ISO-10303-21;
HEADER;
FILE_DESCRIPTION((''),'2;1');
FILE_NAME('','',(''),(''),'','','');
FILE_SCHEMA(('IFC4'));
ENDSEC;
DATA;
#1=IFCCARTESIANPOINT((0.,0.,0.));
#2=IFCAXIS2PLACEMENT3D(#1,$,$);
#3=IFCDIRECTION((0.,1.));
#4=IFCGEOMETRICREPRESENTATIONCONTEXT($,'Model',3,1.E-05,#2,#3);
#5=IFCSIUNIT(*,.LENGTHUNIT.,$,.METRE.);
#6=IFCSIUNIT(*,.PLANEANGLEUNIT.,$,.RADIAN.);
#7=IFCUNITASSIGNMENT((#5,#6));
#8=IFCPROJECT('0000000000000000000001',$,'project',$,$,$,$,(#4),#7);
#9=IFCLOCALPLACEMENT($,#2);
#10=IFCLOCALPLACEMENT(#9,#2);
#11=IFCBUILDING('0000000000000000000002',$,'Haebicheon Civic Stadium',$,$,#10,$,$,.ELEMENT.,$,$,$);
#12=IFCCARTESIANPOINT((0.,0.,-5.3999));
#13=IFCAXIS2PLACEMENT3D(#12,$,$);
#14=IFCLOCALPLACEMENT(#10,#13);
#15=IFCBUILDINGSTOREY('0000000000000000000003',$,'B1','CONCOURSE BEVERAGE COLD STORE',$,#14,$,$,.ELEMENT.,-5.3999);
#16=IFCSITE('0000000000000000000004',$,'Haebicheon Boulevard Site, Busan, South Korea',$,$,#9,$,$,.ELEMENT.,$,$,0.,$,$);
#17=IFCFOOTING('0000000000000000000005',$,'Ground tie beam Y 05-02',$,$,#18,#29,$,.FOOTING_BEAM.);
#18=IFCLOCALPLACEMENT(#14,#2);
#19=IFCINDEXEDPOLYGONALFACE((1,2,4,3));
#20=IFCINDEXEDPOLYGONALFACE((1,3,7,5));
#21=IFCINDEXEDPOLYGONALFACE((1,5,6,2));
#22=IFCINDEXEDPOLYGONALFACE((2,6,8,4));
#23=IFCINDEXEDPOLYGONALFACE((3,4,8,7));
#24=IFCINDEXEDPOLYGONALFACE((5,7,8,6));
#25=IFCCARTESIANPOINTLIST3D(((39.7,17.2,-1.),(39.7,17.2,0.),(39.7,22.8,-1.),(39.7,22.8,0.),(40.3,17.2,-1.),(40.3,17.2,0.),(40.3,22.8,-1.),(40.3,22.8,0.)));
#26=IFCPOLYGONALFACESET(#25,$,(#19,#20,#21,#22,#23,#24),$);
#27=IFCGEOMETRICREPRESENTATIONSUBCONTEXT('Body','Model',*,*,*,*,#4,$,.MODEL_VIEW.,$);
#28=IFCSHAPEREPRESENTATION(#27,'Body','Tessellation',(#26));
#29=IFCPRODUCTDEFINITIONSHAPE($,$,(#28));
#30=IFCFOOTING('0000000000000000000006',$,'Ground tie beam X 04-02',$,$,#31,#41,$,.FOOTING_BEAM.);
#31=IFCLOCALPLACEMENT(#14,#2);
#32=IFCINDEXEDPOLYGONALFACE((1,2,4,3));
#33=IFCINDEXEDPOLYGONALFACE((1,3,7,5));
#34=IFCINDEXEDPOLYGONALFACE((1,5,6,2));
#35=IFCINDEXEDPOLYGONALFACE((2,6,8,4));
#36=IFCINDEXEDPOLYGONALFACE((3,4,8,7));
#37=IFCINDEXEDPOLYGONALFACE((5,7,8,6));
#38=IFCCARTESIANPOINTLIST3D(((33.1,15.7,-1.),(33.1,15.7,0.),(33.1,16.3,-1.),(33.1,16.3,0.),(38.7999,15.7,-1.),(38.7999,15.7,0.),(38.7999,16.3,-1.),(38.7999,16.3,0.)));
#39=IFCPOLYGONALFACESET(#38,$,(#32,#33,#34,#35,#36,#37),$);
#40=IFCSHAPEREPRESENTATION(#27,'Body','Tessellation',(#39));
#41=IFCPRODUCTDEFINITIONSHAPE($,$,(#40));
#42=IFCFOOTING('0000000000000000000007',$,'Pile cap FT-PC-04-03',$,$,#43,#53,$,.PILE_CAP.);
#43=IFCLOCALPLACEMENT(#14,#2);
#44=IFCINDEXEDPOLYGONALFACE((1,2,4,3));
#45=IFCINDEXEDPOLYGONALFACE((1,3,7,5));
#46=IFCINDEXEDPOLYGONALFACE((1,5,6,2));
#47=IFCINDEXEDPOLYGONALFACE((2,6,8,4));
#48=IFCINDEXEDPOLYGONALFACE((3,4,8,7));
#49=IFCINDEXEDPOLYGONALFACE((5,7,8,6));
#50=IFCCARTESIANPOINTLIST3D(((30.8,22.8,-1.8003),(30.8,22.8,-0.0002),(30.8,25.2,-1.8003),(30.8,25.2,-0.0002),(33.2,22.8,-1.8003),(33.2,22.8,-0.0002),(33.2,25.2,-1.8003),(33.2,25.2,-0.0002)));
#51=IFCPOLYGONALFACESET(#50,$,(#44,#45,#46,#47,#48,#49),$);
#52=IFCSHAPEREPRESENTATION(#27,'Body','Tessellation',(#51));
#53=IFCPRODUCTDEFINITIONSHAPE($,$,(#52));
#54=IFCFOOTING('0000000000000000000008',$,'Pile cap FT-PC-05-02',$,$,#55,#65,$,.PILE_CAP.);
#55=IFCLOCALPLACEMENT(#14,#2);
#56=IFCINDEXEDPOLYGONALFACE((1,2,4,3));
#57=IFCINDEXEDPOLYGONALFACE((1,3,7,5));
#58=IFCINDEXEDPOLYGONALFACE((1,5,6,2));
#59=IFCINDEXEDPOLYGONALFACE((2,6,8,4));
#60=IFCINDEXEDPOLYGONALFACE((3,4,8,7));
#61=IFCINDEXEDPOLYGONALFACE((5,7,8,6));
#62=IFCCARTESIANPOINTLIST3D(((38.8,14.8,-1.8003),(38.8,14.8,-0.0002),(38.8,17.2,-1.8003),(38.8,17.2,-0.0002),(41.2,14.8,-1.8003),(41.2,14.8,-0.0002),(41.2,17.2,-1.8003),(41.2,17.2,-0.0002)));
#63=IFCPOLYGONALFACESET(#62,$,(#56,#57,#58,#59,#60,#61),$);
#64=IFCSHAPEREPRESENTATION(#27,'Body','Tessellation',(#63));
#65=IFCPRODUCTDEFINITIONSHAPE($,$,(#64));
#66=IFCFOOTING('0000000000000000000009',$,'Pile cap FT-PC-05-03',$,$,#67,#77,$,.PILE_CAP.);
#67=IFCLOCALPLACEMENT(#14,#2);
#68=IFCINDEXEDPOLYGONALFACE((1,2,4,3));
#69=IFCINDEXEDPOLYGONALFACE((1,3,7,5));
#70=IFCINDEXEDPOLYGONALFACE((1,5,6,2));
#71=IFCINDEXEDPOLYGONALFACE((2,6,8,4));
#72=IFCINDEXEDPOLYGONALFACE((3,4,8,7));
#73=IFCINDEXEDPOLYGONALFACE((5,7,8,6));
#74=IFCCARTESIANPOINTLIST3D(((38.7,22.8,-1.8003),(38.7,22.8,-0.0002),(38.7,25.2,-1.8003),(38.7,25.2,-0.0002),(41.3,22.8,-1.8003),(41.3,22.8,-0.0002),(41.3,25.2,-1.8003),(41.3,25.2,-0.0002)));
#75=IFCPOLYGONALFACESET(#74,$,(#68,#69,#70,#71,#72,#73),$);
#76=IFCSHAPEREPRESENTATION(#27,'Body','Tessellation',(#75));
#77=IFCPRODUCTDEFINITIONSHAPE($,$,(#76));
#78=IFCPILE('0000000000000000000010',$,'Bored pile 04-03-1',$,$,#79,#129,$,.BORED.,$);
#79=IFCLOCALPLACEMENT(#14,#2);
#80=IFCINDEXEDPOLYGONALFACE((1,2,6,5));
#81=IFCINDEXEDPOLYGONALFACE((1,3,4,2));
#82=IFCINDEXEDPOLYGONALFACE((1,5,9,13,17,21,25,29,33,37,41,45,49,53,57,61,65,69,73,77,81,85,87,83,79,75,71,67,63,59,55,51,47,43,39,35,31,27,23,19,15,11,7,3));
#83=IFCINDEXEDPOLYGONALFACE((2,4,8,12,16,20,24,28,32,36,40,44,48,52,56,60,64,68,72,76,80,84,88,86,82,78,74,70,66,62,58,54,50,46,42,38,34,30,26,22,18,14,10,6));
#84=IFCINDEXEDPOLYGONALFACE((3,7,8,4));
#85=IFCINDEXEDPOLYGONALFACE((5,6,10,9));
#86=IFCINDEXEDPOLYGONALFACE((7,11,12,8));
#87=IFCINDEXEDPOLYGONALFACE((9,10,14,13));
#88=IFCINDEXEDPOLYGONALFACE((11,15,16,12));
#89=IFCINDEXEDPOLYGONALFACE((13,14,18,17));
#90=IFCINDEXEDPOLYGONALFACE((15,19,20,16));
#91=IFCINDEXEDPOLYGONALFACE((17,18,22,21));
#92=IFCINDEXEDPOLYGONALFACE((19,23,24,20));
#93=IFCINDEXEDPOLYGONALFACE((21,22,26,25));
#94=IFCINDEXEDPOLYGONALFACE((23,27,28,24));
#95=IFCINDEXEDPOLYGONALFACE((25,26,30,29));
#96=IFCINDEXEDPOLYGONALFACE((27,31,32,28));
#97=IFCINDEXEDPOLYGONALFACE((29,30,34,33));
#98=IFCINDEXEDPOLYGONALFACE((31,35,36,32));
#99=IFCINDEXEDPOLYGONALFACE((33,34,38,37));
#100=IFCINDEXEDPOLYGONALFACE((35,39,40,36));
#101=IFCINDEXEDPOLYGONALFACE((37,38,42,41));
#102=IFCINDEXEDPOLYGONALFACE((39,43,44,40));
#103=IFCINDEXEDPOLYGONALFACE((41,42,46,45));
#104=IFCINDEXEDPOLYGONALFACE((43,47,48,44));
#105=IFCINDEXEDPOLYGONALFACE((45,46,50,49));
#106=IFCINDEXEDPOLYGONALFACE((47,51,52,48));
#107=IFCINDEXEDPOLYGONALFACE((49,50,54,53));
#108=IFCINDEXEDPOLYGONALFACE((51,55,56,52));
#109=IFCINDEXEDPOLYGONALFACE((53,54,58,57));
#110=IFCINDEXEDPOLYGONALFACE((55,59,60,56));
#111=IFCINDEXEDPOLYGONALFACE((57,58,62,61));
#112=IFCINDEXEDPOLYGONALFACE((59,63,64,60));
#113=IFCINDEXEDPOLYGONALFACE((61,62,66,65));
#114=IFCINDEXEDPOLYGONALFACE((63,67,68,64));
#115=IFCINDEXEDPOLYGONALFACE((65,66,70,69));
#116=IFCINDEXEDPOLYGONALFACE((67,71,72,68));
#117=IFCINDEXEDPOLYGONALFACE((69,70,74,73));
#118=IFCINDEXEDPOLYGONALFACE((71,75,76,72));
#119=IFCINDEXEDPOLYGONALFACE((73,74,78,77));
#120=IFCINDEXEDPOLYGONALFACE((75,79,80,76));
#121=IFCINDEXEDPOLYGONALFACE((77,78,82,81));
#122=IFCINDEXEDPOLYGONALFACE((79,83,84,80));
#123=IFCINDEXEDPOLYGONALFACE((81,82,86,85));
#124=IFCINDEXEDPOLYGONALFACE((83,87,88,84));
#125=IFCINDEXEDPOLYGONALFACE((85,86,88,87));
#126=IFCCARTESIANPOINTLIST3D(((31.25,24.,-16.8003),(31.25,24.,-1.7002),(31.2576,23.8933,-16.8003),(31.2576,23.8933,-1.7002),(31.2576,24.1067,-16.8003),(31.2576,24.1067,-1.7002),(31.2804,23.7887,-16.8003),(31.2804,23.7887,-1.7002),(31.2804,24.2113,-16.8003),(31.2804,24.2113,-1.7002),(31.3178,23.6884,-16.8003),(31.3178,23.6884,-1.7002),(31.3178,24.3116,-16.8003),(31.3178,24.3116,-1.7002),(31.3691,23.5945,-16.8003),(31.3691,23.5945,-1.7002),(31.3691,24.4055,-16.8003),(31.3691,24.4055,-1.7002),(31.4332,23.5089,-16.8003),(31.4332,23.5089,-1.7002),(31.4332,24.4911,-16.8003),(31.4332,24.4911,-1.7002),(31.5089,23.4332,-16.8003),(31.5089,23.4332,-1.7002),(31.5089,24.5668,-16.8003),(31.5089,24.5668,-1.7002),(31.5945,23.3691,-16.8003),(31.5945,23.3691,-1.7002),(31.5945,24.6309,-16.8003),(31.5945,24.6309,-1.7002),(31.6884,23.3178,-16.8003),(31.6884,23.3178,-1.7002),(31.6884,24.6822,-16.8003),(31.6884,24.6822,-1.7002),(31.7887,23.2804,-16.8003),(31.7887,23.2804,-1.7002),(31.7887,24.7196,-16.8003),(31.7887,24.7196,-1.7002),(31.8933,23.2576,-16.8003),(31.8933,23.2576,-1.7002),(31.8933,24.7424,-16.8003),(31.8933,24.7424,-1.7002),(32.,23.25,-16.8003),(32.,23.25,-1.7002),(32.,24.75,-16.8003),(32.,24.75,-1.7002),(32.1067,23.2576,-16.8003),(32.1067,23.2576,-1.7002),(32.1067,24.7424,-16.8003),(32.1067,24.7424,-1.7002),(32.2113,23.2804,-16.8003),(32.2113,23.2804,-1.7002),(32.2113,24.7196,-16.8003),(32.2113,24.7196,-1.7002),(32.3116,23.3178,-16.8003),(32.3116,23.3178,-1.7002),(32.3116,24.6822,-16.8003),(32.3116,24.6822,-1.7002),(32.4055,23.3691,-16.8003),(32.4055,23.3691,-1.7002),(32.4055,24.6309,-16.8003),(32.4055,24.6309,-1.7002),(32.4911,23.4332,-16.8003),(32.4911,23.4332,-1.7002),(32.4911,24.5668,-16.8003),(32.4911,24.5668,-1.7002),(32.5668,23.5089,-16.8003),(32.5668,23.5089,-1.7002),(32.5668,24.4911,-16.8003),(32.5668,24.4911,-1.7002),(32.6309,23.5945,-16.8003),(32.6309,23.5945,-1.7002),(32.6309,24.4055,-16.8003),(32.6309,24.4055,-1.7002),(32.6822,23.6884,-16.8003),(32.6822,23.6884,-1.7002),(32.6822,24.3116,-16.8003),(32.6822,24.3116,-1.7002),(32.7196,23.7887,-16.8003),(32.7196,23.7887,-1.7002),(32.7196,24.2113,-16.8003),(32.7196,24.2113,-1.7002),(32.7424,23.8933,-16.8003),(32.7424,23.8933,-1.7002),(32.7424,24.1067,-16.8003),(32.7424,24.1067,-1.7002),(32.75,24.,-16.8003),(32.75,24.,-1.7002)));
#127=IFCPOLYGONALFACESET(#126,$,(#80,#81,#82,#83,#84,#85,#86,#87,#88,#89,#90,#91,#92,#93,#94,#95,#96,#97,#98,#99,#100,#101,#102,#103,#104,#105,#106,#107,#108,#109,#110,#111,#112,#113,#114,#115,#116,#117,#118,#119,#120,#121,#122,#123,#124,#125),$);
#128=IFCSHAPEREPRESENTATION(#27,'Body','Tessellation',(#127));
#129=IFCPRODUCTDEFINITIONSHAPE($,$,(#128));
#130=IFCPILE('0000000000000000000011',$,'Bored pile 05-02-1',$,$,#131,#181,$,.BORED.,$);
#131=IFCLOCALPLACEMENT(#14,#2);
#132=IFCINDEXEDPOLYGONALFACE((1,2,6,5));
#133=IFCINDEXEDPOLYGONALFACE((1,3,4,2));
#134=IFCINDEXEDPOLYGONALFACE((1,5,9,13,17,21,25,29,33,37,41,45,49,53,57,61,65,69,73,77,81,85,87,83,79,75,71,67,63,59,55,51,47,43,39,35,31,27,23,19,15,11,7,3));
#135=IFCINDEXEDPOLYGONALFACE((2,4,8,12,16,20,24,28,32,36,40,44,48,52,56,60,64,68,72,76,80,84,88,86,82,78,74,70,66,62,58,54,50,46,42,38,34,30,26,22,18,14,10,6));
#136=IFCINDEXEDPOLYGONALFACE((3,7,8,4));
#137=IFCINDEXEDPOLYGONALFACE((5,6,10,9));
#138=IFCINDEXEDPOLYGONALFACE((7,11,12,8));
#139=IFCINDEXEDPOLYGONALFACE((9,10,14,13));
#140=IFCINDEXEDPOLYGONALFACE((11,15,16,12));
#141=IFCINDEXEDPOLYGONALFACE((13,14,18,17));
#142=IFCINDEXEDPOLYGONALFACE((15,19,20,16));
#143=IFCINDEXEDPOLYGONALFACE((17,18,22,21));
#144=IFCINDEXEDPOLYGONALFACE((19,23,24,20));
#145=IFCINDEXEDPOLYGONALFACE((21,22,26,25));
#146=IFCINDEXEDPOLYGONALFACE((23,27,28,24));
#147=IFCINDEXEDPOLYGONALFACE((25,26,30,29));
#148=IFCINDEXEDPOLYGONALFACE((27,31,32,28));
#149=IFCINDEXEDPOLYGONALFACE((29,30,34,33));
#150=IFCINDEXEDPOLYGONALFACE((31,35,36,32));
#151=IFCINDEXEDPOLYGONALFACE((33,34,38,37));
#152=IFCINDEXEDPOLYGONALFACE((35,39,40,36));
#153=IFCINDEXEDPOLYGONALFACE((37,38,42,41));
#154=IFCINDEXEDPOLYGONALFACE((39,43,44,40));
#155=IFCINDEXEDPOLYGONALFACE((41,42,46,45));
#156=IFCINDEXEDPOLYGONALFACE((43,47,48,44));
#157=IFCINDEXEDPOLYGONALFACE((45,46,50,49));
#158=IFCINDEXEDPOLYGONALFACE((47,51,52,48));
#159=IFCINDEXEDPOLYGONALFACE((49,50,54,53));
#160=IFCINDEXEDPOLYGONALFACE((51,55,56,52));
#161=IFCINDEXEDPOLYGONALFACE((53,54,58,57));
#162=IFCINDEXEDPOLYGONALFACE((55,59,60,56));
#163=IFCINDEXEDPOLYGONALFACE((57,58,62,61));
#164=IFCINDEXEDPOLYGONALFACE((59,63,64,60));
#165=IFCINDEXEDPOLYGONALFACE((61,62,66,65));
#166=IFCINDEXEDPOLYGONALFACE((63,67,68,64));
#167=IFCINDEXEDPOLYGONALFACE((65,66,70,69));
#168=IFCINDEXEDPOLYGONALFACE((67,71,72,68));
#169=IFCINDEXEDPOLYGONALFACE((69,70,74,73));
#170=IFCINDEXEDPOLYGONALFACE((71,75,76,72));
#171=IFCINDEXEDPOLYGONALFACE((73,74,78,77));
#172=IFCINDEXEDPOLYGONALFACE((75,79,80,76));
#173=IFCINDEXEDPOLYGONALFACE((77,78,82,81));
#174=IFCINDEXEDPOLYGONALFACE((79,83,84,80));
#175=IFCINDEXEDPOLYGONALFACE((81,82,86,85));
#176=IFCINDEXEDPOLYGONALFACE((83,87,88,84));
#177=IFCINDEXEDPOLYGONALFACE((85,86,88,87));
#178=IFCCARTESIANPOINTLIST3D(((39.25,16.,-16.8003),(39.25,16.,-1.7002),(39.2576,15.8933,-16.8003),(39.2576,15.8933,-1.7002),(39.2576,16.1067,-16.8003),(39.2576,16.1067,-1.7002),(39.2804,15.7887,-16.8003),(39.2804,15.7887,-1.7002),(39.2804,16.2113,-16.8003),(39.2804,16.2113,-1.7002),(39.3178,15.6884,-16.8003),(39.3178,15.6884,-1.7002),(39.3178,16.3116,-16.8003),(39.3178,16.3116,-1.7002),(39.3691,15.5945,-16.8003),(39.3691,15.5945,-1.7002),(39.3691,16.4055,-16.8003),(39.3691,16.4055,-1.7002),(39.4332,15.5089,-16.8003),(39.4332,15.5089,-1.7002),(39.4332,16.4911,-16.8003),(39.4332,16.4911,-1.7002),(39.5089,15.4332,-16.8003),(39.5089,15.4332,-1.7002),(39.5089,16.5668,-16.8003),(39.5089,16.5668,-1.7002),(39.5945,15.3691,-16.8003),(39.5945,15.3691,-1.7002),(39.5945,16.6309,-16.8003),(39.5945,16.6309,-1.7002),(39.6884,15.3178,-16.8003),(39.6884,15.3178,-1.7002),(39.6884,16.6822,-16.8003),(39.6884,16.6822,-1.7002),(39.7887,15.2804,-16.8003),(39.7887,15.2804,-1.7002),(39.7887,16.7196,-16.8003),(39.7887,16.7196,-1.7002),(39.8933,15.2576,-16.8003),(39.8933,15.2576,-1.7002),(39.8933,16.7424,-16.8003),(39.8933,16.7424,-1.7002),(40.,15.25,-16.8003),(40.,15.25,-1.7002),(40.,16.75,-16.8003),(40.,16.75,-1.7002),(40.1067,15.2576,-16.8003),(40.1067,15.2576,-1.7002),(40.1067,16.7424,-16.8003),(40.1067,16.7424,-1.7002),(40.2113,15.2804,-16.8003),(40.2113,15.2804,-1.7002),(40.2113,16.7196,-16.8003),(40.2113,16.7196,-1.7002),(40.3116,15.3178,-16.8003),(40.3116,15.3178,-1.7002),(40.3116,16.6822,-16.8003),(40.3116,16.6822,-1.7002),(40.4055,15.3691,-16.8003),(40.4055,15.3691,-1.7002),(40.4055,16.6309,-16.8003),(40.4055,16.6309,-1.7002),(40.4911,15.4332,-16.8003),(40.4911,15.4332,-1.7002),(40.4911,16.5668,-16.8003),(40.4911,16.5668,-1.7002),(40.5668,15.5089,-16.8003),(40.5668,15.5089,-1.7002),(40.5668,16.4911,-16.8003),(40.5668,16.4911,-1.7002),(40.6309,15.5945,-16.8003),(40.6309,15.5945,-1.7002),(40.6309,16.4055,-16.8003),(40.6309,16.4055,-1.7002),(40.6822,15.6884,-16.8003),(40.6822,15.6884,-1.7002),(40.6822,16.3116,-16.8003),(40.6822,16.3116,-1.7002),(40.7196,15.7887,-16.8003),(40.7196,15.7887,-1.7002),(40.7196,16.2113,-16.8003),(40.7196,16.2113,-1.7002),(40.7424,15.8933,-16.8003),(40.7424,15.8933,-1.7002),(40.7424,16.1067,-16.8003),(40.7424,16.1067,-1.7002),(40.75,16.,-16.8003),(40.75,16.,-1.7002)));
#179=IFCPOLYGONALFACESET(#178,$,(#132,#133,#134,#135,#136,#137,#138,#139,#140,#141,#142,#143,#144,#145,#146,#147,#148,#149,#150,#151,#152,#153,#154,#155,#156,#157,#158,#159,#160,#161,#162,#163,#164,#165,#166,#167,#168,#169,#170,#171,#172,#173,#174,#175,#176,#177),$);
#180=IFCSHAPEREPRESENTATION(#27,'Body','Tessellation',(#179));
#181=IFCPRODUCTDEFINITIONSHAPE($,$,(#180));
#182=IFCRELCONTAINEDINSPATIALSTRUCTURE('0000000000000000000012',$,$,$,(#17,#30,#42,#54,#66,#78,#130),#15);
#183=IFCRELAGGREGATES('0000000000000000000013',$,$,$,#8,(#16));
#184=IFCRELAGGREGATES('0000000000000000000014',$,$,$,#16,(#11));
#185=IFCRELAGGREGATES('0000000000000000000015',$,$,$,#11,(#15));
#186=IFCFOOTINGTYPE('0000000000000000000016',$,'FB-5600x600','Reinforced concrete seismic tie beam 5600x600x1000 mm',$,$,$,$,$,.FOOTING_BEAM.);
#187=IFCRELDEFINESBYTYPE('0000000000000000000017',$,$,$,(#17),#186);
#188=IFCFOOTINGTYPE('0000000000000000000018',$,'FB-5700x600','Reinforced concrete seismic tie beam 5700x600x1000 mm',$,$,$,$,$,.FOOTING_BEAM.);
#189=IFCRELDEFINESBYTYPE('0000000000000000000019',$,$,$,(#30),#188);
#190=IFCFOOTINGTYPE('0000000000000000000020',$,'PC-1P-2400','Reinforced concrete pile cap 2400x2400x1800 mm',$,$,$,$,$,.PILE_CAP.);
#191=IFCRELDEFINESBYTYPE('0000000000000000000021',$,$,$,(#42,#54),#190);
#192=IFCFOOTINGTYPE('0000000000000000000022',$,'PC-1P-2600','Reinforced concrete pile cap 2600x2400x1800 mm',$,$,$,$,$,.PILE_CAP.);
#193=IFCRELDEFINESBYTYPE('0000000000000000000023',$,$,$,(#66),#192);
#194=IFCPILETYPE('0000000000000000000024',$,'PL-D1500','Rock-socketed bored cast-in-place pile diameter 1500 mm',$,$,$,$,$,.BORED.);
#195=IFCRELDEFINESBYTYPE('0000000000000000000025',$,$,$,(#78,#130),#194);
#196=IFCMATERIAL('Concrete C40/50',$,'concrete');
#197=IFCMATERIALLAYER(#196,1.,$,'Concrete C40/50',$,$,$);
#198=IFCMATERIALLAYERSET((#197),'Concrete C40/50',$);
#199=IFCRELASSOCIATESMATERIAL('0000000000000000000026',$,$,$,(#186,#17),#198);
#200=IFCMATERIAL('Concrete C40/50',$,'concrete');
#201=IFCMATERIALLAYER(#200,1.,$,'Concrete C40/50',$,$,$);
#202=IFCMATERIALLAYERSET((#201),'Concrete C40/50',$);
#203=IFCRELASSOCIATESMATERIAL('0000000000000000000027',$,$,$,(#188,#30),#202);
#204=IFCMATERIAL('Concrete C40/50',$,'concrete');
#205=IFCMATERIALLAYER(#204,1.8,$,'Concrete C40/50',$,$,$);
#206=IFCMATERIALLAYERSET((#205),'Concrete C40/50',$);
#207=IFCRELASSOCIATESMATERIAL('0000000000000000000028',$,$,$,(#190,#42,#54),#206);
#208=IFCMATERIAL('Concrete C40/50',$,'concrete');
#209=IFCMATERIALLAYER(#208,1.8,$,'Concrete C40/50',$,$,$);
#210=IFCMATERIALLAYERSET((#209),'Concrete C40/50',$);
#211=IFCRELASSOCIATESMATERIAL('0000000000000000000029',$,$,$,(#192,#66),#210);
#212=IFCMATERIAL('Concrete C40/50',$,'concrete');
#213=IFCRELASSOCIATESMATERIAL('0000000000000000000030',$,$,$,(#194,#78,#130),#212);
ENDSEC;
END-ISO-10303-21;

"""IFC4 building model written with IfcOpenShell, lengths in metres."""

from ifc_helpers import new_model, si_unit, direction, frame, origin, origin_2d, place, context, subcontext, project, spatial, rectangle, circle, extrude, material, layer, layer_set, material_profile, profile_set, type_object, element, save


model = new_model("IFC4")

# Units and contexts
model_context = context("Model", 3, precision=1e-05, world=origin(), true_north=direction((0.0, 1.0)))
body_context = subcontext(model_context, "Body", "Model", "MODEL_VIEW")
ifc_project = project(units=[si_unit("LENGTHUNIT", "METRE"), si_unit("PLANEANGLEUNIT", "RADIAN")], contexts=[model_context])

# Site, building, storey
site_placement = place(None, origin())
site = spatial("IfcSite", under=ifc_project, at=site_placement, Name="Haebicheon Boulevard Site, Busan, South Korea", CompositionType="ELEMENT", RefElevation=0.0)
building_placement = place(site_placement, origin())
building = spatial("IfcBuilding", under=site, at=building_placement, Name="Haebicheon Civic Stadium", CompositionType="ELEMENT")
storey_placement = place(building_placement, frame((0.0, 0.0, -5.3999)))
storey = spatial("IfcBuildingStorey", under=building, at=storey_placement, Name="B1", Description="CONCOURSE BEVERAGE COLD STORE", CompositionType="ELEMENT", Elevation=-5.3999)

# Footings
ifc_material_1 = material(Name="Concrete C40/50", Category="concrete")
ifc_layer_1 = layer(ifc_material_1, 1.0, Name="Concrete C40/50")
ifc_layer_set_1 = layer_set([ifc_layer_1], Name="Concrete C40/50")
footing_type_1 = type_object("IfcFootingType", Name="FB-5600x600", Description="Reinforced concrete seismic tie beam 5600x600x1000 mm", PredefinedType="FOOTING_BEAM", material=ifc_layer_set_1)
footing_1_placement = place(storey_placement, frame((40.0, 20.0, -1.0), z_axis=(0.0, 0.0, 1.0), x_axis=(0.0, 1.0, 0.0)))
element("IfcFooting", 1, at=footing_1_placement, inside=storey, type_object=footing_type_1, material=ifc_layer_set_1, Name="Ground tie beam Y 05-02", PredefinedType="FOOTING_BEAM", context=body_context, shape_type="SweptSolid", body=[
    extrude(rectangle(XDim=5.6001, YDim=0.6001, at=origin_2d()), origin(), (0.0, 0.0, 1.0), 1.0),
])
ifc_material_2 = material(Name="Concrete C40/50", Category="concrete")
ifc_layer_2 = layer(ifc_material_2, 1.0, Name="Concrete C40/50")
ifc_layer_set_2 = layer_set([ifc_layer_2], Name="Concrete C40/50")
footing_type_2 = type_object("IfcFootingType", Name="FB-5700x600", Description="Reinforced concrete seismic tie beam 5700x600x1000 mm", PredefinedType="FOOTING_BEAM", material=ifc_layer_set_2)
footing_2_placement = place(storey_placement, frame((35.95, 16.0, -1.0), z_axis=(0.0, 0.0, 1.0), x_axis=(1.0, 0.0, 0.0)))
element("IfcFooting", 2, at=footing_2_placement, inside=storey, type_object=footing_type_2, material=ifc_layer_set_2, Name="Ground tie beam X 04-02", PredefinedType="FOOTING_BEAM", context=body_context, shape_type="SweptSolid", body=[
    extrude(rectangle(XDim=5.7, YDim=0.6001, at=origin_2d()), origin(), (0.0, 0.0, 1.0), 1.0),
])
ifc_material_3 = material(Name="Concrete C40/50", Category="concrete")
ifc_layer_3 = layer(ifc_material_3, 1.8, Name="Concrete C40/50")
ifc_layer_set_3 = layer_set([ifc_layer_3], Name="Concrete C40/50")
footing_type_3 = type_object("IfcFootingType", Name="PC-1P-2400", Description="Reinforced concrete pile cap 2400x2400x1800 mm", PredefinedType="PILE_CAP", material=ifc_layer_set_3)
for number, where, z_axis, x_axis, name in (
    (3, (32.0, 24.0, -1.8003), (0.0, 0.0, 1.0), (1.0, 0.0, 0.0), "Pile cap FT-PC-04-03"),
    (4, (40.0, 16.0, -1.8003), (0.0, 0.0, 1.0), (1.0, 0.0, 0.0), "Pile cap FT-PC-05-02"),
):
    element("IfcFooting", number, at=place(storey_placement, frame(where, z_axis=z_axis, x_axis=x_axis)), inside=storey, type_object=footing_type_3, material=ifc_layer_set_3, Name=name, PredefinedType="PILE_CAP", context=body_context, shape_type="SweptSolid", body=[
        extrude(rectangle(XDim=2.3999, YDim=2.3999, at=origin_2d()), origin(), (0.0, 0.0, 1.0), 1.8),
    ])
ifc_material_4 = material(Name="Concrete C40/50", Category="concrete")
ifc_layer_4 = layer(ifc_material_4, 1.8, Name="Concrete C40/50")
ifc_layer_set_4 = layer_set([ifc_layer_4], Name="Concrete C40/50")
footing_type_4 = type_object("IfcFootingType", Name="PC-1P-2600", Description="Reinforced concrete pile cap 2600x2400x1800 mm", PredefinedType="PILE_CAP", material=ifc_layer_set_4)
footing_3_placement = place(storey_placement, frame((40.0, 24.0, -1.8003), z_axis=(0.0, 0.0, 1.0), x_axis=(1.0, 0.0, 0.0)))
element("IfcFooting", 5, at=footing_3_placement, inside=storey, type_object=footing_type_4, material=ifc_layer_set_4, Name="Pile cap FT-PC-05-03", PredefinedType="PILE_CAP", context=body_context, shape_type="SweptSolid", body=[
    extrude(rectangle(XDim=2.6001, YDim=2.3999, at=origin_2d()), origin(), (0.0, 0.0, 1.0), 1.8),
])

# Piles
ifc_material_5 = material(Name="Concrete C40/50", Category="concrete")
ifc_material_profile_1 = material_profile(ifc_material_5, circle(Radius=0.75, at=origin_2d()), Name="PILE-D1500")
ifc_profile_set_1 = profile_set([ifc_material_profile_1], Name="Concrete C40/50")
pile_type = type_object("IfcPileType", Name="PL-D1500", Description="Rock-socketed bored cast-in-place pile diameter 1500 mm", PredefinedType="BORED", material=ifc_profile_set_1)
for number, where, z_axis, x_axis, name in (
    (6, (32.0, 24.0, -1.7002), (0.0, 0.0, -1.0), (1.0, 0.0, 0.0), "Bored pile 04-03-1"),
    (7, (40.0, 16.0, -1.7002), (0.0, 0.0, -1.0), (1.0, 0.0, 0.0), "Bored pile 05-02-1"),
):
    element("IfcPile", number, at=place(storey_placement, frame(where, z_axis=z_axis, x_axis=x_axis)), inside=storey, type_object=pile_type, material=ifc_profile_set_1, Name=name, PredefinedType="BORED", context=body_context, shape_type="SweptSolid", body=[
        extrude(circle(Radius=0.75, at=origin_2d()), origin(), (0.0, 0.0, 1.0), 15.1001),
    ])

save(model, "model.ifc")
